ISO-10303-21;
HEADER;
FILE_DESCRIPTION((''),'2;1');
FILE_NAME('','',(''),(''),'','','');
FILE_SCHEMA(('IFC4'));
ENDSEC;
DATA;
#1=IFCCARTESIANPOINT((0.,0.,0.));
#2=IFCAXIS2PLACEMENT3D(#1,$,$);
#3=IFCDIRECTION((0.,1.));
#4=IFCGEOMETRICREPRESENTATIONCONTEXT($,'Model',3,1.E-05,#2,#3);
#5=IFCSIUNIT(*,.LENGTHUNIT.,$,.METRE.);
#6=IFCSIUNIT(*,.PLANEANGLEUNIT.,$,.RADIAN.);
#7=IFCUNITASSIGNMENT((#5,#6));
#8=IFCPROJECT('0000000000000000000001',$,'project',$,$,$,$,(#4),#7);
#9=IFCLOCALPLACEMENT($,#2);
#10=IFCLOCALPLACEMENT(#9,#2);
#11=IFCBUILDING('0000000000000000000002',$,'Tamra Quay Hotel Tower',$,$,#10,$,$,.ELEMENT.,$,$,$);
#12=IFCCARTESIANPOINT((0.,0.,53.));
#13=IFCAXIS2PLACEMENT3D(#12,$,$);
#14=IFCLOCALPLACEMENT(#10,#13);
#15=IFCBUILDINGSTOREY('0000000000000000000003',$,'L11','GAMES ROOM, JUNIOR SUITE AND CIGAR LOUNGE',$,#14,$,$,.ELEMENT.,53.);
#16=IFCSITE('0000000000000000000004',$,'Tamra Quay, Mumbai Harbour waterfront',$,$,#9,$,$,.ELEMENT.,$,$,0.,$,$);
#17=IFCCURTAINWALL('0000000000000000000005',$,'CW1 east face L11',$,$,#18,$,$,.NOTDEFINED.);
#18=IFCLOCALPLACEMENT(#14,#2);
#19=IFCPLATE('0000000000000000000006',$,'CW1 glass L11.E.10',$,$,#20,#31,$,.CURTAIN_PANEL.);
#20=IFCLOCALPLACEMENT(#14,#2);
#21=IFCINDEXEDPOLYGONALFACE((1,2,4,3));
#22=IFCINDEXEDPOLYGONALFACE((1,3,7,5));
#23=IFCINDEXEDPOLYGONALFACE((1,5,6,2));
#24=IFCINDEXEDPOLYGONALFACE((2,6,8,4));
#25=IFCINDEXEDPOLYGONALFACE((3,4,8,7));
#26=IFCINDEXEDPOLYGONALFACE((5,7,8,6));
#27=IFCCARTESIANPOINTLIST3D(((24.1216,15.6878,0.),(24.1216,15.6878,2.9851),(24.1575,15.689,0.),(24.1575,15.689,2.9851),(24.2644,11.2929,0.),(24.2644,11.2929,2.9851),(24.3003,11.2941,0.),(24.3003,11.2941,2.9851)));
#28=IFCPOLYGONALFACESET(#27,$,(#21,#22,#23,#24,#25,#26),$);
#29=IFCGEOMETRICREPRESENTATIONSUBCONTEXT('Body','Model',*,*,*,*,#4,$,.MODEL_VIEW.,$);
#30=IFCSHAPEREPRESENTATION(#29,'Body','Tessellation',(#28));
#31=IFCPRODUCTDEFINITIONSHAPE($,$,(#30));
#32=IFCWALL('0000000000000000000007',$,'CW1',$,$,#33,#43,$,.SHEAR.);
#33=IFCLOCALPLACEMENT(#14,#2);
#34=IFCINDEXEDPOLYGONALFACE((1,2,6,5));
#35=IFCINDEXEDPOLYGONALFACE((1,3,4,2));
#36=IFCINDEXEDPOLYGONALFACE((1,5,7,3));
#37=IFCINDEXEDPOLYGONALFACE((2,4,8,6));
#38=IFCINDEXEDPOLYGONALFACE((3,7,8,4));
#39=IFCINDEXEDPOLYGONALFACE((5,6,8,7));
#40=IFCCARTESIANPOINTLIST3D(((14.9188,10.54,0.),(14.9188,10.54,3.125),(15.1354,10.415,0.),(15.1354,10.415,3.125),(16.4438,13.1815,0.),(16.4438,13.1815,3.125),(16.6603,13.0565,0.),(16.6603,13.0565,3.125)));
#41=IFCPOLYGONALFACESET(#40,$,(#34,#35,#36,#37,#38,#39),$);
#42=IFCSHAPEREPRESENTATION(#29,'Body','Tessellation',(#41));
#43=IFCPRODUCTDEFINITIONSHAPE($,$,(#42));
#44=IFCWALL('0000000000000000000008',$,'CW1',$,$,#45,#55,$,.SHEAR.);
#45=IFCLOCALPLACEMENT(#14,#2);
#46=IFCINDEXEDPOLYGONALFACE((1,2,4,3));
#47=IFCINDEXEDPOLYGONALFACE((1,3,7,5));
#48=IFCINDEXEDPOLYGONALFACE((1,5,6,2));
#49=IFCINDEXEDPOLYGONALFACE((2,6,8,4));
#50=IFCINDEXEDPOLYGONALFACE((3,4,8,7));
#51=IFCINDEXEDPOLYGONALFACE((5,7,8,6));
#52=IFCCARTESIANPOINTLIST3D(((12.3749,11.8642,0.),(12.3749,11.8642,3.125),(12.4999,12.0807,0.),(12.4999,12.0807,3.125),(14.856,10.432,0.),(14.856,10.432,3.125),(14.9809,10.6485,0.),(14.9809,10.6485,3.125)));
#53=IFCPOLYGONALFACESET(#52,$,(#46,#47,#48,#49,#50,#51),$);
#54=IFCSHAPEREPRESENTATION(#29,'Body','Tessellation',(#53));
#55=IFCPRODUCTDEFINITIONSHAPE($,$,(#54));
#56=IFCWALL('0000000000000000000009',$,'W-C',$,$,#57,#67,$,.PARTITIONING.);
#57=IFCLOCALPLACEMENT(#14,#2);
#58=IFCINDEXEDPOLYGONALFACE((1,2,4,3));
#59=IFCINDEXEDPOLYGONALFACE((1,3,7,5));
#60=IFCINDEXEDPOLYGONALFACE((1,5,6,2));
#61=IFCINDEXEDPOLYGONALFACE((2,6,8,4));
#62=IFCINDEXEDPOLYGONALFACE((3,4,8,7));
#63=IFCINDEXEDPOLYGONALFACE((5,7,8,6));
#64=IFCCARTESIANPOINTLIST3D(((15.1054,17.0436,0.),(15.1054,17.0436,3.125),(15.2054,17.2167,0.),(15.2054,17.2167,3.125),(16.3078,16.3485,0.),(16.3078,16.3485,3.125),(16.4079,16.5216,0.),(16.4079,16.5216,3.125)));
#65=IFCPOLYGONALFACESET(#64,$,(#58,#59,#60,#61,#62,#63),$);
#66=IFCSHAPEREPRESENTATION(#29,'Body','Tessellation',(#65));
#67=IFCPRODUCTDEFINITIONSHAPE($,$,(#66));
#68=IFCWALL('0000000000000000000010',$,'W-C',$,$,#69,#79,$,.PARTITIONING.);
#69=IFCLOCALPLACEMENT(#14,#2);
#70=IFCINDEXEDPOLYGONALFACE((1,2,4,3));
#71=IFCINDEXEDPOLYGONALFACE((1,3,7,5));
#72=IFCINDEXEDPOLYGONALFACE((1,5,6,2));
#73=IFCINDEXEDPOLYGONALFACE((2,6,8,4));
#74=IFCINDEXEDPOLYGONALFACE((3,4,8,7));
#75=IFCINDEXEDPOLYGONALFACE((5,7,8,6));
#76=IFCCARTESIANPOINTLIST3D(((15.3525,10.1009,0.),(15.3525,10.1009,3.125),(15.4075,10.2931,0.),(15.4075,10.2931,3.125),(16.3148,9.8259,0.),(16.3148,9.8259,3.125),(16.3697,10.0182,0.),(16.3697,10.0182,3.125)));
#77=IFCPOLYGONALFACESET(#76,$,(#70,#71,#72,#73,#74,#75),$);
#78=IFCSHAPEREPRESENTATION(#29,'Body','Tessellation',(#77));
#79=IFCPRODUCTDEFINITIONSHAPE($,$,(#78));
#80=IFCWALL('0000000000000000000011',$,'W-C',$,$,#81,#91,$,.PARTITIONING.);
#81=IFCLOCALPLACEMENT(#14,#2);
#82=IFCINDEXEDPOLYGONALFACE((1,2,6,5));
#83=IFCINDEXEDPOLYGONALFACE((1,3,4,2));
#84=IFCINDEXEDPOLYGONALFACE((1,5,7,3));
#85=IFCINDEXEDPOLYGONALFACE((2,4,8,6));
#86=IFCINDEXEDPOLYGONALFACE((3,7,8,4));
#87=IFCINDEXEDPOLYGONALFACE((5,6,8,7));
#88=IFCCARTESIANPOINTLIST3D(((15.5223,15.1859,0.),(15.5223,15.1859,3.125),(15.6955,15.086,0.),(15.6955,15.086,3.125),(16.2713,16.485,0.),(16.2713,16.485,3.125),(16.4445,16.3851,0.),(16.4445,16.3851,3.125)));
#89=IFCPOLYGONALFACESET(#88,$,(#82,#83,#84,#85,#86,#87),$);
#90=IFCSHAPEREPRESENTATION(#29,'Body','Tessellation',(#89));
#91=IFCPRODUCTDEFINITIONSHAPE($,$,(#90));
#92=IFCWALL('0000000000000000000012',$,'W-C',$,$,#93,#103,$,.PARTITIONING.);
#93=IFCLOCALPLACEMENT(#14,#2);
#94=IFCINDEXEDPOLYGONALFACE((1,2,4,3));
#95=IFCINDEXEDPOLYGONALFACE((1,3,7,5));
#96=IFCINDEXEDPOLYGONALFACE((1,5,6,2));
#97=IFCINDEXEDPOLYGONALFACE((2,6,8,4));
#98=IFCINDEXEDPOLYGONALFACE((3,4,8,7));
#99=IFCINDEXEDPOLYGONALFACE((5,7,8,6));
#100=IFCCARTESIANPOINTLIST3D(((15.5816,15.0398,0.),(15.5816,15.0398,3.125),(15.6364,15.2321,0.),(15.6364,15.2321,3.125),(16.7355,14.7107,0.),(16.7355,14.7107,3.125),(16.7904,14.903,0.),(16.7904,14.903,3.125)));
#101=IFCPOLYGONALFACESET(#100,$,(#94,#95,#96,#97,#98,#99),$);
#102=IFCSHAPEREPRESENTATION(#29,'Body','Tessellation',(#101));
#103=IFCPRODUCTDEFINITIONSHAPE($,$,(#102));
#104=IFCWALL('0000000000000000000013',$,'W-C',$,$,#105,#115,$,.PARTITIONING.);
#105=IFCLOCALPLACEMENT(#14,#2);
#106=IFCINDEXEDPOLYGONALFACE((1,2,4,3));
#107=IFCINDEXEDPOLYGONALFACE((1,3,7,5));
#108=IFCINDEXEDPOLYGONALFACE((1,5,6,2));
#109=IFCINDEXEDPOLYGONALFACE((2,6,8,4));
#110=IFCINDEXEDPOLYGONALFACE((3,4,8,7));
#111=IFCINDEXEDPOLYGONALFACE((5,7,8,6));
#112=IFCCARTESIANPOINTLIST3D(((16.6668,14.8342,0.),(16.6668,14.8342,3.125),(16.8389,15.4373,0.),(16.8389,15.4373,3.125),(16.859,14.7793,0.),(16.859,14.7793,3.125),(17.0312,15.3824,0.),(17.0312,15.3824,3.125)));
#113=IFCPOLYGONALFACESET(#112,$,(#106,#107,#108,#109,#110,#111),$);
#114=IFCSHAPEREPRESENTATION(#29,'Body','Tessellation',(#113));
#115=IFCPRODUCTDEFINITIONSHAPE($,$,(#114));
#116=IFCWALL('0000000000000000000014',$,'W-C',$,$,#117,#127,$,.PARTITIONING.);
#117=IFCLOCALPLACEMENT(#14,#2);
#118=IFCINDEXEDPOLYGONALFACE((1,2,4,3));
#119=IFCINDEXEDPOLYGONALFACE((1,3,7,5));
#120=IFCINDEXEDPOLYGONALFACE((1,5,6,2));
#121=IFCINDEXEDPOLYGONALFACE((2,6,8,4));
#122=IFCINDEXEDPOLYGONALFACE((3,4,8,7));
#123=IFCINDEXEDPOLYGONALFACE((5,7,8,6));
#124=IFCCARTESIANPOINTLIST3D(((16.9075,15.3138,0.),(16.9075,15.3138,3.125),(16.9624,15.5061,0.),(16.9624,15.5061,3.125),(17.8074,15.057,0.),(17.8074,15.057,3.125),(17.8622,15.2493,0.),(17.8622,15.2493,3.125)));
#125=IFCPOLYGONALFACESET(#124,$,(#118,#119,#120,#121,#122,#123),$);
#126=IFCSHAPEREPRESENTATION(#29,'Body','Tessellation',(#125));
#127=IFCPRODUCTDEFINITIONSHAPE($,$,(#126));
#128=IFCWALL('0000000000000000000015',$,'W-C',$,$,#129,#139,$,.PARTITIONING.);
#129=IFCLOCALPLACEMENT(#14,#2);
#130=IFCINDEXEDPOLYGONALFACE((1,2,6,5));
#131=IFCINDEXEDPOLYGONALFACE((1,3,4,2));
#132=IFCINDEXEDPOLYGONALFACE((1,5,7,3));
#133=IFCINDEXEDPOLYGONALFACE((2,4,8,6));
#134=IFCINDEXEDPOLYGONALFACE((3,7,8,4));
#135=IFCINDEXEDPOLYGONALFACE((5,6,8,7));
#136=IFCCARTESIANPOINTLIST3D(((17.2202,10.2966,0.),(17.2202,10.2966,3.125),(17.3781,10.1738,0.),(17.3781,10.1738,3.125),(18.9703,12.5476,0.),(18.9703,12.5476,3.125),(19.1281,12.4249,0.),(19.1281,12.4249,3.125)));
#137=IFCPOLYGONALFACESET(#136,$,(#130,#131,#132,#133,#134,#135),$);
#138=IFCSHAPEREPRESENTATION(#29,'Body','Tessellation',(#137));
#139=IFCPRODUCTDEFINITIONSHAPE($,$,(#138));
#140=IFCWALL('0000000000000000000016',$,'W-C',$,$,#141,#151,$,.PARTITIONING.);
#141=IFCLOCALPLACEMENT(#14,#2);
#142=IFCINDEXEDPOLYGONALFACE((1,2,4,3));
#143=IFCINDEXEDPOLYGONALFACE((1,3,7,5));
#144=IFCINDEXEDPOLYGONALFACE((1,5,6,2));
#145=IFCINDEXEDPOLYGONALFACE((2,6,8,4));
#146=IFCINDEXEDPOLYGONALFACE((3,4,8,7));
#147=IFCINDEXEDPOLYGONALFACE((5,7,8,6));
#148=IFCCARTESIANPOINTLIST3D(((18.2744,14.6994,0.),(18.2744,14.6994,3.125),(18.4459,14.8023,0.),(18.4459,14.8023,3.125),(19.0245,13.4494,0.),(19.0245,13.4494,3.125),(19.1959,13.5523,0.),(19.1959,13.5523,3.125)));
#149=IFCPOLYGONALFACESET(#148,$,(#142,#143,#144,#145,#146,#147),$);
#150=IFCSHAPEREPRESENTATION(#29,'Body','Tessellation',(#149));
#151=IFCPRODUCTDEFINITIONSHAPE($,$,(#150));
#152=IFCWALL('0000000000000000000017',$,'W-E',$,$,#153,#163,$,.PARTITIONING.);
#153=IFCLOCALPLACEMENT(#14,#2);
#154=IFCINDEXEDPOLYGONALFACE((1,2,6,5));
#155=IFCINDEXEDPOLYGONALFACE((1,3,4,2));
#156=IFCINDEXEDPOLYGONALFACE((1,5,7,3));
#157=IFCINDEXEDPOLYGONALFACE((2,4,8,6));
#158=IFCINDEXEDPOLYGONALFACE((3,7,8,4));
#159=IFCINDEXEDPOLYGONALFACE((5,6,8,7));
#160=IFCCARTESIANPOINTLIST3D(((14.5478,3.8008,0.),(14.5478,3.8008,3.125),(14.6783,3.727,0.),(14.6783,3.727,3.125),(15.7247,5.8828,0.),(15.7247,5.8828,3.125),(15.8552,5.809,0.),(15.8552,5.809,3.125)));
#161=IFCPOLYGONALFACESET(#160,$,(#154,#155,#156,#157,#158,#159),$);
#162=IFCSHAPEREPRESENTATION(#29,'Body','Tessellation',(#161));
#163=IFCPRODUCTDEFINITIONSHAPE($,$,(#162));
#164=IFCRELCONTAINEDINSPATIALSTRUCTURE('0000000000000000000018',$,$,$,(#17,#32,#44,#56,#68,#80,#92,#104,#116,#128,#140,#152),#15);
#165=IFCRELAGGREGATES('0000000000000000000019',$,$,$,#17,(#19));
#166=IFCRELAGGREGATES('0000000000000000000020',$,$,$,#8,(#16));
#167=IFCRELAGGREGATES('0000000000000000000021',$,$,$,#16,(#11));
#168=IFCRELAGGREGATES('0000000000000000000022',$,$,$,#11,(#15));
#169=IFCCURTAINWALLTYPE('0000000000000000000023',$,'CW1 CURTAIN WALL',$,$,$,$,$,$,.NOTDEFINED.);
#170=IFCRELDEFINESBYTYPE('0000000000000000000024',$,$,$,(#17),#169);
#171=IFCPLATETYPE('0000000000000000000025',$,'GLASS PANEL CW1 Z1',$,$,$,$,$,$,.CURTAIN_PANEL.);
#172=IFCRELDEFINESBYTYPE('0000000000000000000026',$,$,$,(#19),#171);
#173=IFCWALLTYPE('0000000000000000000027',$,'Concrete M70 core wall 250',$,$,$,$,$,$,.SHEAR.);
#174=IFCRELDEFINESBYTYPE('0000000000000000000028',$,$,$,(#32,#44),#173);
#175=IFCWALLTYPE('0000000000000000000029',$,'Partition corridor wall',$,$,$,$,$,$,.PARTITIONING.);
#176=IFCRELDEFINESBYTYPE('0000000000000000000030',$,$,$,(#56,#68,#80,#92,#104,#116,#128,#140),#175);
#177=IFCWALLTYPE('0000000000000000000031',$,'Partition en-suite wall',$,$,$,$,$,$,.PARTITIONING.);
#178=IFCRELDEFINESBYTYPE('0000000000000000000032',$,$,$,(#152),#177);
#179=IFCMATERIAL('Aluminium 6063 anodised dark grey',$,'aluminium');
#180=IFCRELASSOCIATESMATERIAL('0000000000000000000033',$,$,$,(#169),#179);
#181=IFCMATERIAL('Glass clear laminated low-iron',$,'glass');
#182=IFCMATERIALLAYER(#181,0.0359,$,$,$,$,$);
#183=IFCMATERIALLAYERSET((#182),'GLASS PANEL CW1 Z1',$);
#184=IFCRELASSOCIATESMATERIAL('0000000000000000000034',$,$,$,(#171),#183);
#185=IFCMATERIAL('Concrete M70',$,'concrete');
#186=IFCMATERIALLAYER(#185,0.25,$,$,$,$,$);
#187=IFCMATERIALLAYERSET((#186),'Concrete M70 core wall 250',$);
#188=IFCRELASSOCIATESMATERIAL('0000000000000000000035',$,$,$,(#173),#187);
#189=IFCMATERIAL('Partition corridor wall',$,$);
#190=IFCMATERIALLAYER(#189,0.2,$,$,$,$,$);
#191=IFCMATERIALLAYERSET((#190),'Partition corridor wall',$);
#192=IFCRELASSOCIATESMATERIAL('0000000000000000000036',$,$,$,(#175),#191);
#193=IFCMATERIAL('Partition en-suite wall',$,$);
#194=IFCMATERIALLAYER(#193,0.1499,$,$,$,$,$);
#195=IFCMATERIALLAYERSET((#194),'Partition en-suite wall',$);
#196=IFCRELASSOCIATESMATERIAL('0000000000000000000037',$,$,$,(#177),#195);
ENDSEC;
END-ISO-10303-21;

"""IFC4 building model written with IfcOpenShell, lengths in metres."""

from ifc_helpers import new_model, si_unit, direction, frame, frame_2d, origin, origin_2d, place, context, subcontext, project, spatial, rectangle, extrude, material, layer, layer_set, type_object, element, aggregate, save


model = new_model("IFC4")

# Units and contexts
model_context = context("Model", 3, precision=1e-05, world=origin(), true_north=direction((0.0, 1.0)))
body_context = subcontext(model_context, "Body", "Model", "MODEL_VIEW")
ifc_project = project(units=[si_unit("LENGTHUNIT", "METRE"), si_unit("PLANEANGLEUNIT", "RADIAN")], contexts=[model_context])

# Site, building, storey
site_placement = place(None, origin())
site = spatial("IfcSite", under=ifc_project, at=site_placement, Name="Tamra Quay, Mumbai Harbour waterfront", CompositionType="ELEMENT", RefElevation=0.0)
building_placement = place(site_placement, origin())
building = spatial("IfcBuilding", under=site, at=building_placement, Name="Tamra Quay Hotel Tower", CompositionType="ELEMENT")
storey_placement = place(building_placement, frame((0.0, 0.0, 53.0)))
storey = spatial("IfcBuildingStorey", under=building, at=storey_placement, Name="L11", Description="GAMES ROOM, JUNIOR SUITE AND CIGAR LOUNGE", CompositionType="ELEMENT", Elevation=53.0)

# Shared definitions
ifc_material_1 = material(Name="Concrete M70", Category="concrete")

# Curtain wall
ifc_material_2 = material(Name="Aluminium 6063 anodised dark grey", Category="aluminium")
curtain_wall_type = type_object("IfcCurtainWallType", Name="CW1 CURTAIN WALL", PredefinedType="NOTDEFINED", material=ifc_material_2)
curtain_wall_placement = place(storey_placement, origin())
curtain_wall = element("IfcCurtainWall", 1, at=curtain_wall_placement, inside=storey, type_object=curtain_wall_type, Name="CW1 east face L11", PredefinedType="NOTDEFINED")

# Plate
ifc_material_3 = material(Name="Glass clear laminated low-iron", Category="glass")
ifc_layer_1 = layer(ifc_material_3, 0.0359)
ifc_layer_set_1 = layer_set([ifc_layer_1], Name="GLASS PANEL CW1 Z1")
plate_type = type_object("IfcPlateType", Name="GLASS PANEL CW1 Z1", PredefinedType="CURTAIN_PANEL", material=ifc_layer_set_1)
plate_1_placement = place(storey_placement, frame((24.2109, 13.491, 0.0), z_axis=(0.0, 0.0, 1.0), x_axis=(-0.032475, 0.999473, 0.0)))
plate_1 = element("IfcPlate", 2, at=plate_1_placement, type_object=plate_type, Name="CW1 glass L11.E.10", PredefinedType="CURTAIN_PANEL", context=body_context, shape_type="SweptSolid", body=[
    extrude(rectangle(XDim=4.3972, YDim=0.0359, at=origin_2d()), origin(), (0.0, 0.0, 1.0), 2.9851),
])
aggregate(curtain_wall, [plate_1])

# Walls
ifc_layer_2 = layer(ifc_material_1, 0.25)
ifc_layer_set_2 = layer_set([ifc_layer_2], Name="Concrete M70 core wall 250")
wall_type_1 = type_object("IfcWallType", Name="Concrete M70 core wall 250", PredefinedType="SHEAR", material=ifc_layer_set_2)
wall_1_placement = place(storey_placement, frame((16.552, 13.1189, 0.0), z_axis=(0.0, 0.0, 1.0), x_axis=(-0.499979, -0.866038, 0.0)))
element("IfcWall", 3, at=wall_1_placement, inside=storey, type_object=wall_type_1, Name="CW1", PredefinedType="SHEAR", context=body_context, shape_type="SweptSolid", body=[
    extrude(rectangle(XDim=3.05, YDim=0.25, at=frame_2d((1.5249, 0.0))), origin(), (0.0, 0.0, 1.0), 3.125),
])
wall_2_placement = place(storey_placement, frame((14.9185, 10.5403, 0.0), z_axis=(0.0, 0.0, 1.0), x_axis=(-0.866064, 0.499934, 0.0)))
element("IfcWall", 4, at=wall_2_placement, inside=storey, type_object=wall_type_1, Name="CW1", PredefinedType="SHEAR", context=body_context, shape_type="SweptSolid", body=[
    extrude(rectangle(XDim=2.8647, YDim=0.25, at=frame_2d((1.4324, 0.0))), origin(), (0.0, 0.0, 1.0), 3.125),
])
ifc_material_4 = material(Name="Partition corridor wall")
ifc_layer_3 = layer(ifc_material_4, 0.2)
ifc_layer_set_3 = layer_set([ifc_layer_3], Name="Partition corridor wall")
wall_type_2 = type_object("IfcWallType", Name="Partition corridor wall", PredefinedType="PARTITIONING", material=ifc_layer_set_3)
wall_3_placement = place(storey_placement, frame((15.1555, 17.1301, 0.0), z_axis=(0.0, 0.0, 1.0), x_axis=(0.865755, -0.500468, 0.0)))
element("IfcWall", 5, at=wall_3_placement, inside=storey, type_object=wall_type_2, Name="W-C", PredefinedType="PARTITIONING", context=body_context, shape_type="SweptSolid", body=[
    extrude(rectangle(XDim=1.3889, YDim=0.2, at=frame_2d((0.6943, 0.0))), origin(), (0.0, 0.0, 1.0), 3.125),
])
wall_4_placement = place(storey_placement, frame((15.3799, 10.197, 0.0), z_axis=(0.0, 0.0, 1.0), x_axis=(0.961524, -0.274721, 0.0)))
element("IfcWall", 6, at=wall_4_placement, inside=storey, type_object=wall_type_2, Name="W-C", PredefinedType="PARTITIONING", context=body_context, shape_type="SweptSolid", body=[
    extrude(rectangle(XDim=1.0007, YDim=0.2, at=frame_2d((0.5005, 0.0))), origin(), (0.0, 0.0, 1.0), 3.125),
])
wall_5_placement = place(storey_placement, frame((15.6089, 15.136, 0.0), z_axis=(0.0, 0.0, 1.0), x_axis=(0.499502, 0.866313, 0.0)))
element("IfcWall", 7, at=wall_5_placement, inside=storey, type_object=wall_type_2, Name="W-C", PredefinedType="PARTITIONING", context=body_context, shape_type="SweptSolid", body=[
    extrude(rectangle(XDim=1.4995, YDim=0.2, at=frame_2d((0.7498, 0.0))), origin(), (0.0, 0.0, 1.0), 3.125),
])
wall_6_placement = place(storey_placement, frame((15.6089, 15.136, 0.0), z_axis=(0.0, 0.0, 1.0), x_axis=(0.961662, -0.274237, 0.0)))
element("IfcWall", 8, at=wall_6_placement, inside=storey, type_object=wall_type_2, Name="W-C", PredefinedType="PARTITIONING", context=body_context, shape_type="SweptSolid", body=[
    extrude(rectangle(XDim=1.2, YDim=0.2, at=frame_2d((0.6001, 0.0))), origin(), (0.0, 0.0, 1.0), 3.125),
])
wall_7_placement = place(storey_placement, frame((16.7629, 14.8069, 0.0), z_axis=(0.0, 0.0, 1.0), x_axis=(0.274464, 0.961597, 0.0)))
element("IfcWall", 9, at=wall_7_placement, inside=storey, type_object=wall_type_2, Name="W-C", PredefinedType="PARTITIONING", context=body_context, shape_type="SweptSolid", body=[
    extrude(rectangle(XDim=0.6272, YDim=0.2, at=frame_2d((0.3135, 0.0))), origin(), (0.0, 0.0, 1.0), 3.125),
])
wall_8_placement = place(storey_placement, frame((16.9351, 15.4099, 0.0), z_axis=(0.0, 0.0, 1.0), x_axis=(0.961603, -0.274445, 0.0)))
element("IfcWall", 10, at=wall_8_placement, inside=storey, type_object=wall_type_2, Name="W-C", PredefinedType="PARTITIONING", context=body_context, shape_type="SweptSolid", body=[
    extrude(rectangle(XDim=0.9358, YDim=0.2, at=frame_2d((0.4678, 0.0))), origin(), (0.0, 0.0, 1.0), 3.125),
])
wall_9_placement = place(storey_placement, frame((17.2991, 10.2351, 0.0), z_axis=(0.0, 0.0, 1.0), x_axis=(0.613775, 0.789481, 0.0)))
element("IfcWall", 11, at=wall_9_placement, inside=storey, type_object=wall_type_2, Name="W-C", PredefinedType="PARTITIONING", context=body_context, shape_type="SweptSolid", body=[
    extrude(rectangle(XDim=2.8513, YDim=0.2, at=frame_2d((1.4258, 0.0))), origin(), (0.0, 0.0, 1.0), 3.125),
])
wall_10_placement = place(storey_placement, frame((18.3601, 14.751, 0.0), z_axis=(0.0, 0.0, 1.0), x_axis=(0.514496, -0.857493, 0.0)))
element("IfcWall", 12, at=wall_10_placement, inside=storey, type_object=wall_type_2, Name="W-C", PredefinedType="PARTITIONING", context=body_context, shape_type="SweptSolid", body=[
    extrude(rectangle(XDim=1.4578, YDim=0.2, at=frame_2d((0.729, 0.0))), origin(), (0.0, 0.0, 1.0), 3.125),
])
ifc_material_5 = material(Name="Partition en-suite wall")
ifc_layer_4 = layer(ifc_material_5, 0.1499)
ifc_layer_set_4 = layer_set([ifc_layer_4], Name="Partition en-suite wall")
wall_type_3 = type_object("IfcWallType", Name="Partition en-suite wall", PredefinedType="PARTITIONING", material=ifc_layer_set_4)
wall_11_placement = place(storey_placement, frame((14.613, 3.7639, 0.0), z_axis=(0.0, 0.0, 1.0), x_axis=(0.492121, 0.870527, 0.0)))
element("IfcWall", 13, at=wall_11_placement, inside=storey, type_object=wall_type_3, Name="W-E", PredefinedType="PARTITIONING", context=body_context, shape_type="SweptSolid", body=[
    extrude(rectangle(XDim=2.3916, YDim=0.1499, at=frame_2d((1.1958, 0.0))), origin(), (0.0, 0.0, 1.0), 3.125),
])

save(model, "model.ifc")
